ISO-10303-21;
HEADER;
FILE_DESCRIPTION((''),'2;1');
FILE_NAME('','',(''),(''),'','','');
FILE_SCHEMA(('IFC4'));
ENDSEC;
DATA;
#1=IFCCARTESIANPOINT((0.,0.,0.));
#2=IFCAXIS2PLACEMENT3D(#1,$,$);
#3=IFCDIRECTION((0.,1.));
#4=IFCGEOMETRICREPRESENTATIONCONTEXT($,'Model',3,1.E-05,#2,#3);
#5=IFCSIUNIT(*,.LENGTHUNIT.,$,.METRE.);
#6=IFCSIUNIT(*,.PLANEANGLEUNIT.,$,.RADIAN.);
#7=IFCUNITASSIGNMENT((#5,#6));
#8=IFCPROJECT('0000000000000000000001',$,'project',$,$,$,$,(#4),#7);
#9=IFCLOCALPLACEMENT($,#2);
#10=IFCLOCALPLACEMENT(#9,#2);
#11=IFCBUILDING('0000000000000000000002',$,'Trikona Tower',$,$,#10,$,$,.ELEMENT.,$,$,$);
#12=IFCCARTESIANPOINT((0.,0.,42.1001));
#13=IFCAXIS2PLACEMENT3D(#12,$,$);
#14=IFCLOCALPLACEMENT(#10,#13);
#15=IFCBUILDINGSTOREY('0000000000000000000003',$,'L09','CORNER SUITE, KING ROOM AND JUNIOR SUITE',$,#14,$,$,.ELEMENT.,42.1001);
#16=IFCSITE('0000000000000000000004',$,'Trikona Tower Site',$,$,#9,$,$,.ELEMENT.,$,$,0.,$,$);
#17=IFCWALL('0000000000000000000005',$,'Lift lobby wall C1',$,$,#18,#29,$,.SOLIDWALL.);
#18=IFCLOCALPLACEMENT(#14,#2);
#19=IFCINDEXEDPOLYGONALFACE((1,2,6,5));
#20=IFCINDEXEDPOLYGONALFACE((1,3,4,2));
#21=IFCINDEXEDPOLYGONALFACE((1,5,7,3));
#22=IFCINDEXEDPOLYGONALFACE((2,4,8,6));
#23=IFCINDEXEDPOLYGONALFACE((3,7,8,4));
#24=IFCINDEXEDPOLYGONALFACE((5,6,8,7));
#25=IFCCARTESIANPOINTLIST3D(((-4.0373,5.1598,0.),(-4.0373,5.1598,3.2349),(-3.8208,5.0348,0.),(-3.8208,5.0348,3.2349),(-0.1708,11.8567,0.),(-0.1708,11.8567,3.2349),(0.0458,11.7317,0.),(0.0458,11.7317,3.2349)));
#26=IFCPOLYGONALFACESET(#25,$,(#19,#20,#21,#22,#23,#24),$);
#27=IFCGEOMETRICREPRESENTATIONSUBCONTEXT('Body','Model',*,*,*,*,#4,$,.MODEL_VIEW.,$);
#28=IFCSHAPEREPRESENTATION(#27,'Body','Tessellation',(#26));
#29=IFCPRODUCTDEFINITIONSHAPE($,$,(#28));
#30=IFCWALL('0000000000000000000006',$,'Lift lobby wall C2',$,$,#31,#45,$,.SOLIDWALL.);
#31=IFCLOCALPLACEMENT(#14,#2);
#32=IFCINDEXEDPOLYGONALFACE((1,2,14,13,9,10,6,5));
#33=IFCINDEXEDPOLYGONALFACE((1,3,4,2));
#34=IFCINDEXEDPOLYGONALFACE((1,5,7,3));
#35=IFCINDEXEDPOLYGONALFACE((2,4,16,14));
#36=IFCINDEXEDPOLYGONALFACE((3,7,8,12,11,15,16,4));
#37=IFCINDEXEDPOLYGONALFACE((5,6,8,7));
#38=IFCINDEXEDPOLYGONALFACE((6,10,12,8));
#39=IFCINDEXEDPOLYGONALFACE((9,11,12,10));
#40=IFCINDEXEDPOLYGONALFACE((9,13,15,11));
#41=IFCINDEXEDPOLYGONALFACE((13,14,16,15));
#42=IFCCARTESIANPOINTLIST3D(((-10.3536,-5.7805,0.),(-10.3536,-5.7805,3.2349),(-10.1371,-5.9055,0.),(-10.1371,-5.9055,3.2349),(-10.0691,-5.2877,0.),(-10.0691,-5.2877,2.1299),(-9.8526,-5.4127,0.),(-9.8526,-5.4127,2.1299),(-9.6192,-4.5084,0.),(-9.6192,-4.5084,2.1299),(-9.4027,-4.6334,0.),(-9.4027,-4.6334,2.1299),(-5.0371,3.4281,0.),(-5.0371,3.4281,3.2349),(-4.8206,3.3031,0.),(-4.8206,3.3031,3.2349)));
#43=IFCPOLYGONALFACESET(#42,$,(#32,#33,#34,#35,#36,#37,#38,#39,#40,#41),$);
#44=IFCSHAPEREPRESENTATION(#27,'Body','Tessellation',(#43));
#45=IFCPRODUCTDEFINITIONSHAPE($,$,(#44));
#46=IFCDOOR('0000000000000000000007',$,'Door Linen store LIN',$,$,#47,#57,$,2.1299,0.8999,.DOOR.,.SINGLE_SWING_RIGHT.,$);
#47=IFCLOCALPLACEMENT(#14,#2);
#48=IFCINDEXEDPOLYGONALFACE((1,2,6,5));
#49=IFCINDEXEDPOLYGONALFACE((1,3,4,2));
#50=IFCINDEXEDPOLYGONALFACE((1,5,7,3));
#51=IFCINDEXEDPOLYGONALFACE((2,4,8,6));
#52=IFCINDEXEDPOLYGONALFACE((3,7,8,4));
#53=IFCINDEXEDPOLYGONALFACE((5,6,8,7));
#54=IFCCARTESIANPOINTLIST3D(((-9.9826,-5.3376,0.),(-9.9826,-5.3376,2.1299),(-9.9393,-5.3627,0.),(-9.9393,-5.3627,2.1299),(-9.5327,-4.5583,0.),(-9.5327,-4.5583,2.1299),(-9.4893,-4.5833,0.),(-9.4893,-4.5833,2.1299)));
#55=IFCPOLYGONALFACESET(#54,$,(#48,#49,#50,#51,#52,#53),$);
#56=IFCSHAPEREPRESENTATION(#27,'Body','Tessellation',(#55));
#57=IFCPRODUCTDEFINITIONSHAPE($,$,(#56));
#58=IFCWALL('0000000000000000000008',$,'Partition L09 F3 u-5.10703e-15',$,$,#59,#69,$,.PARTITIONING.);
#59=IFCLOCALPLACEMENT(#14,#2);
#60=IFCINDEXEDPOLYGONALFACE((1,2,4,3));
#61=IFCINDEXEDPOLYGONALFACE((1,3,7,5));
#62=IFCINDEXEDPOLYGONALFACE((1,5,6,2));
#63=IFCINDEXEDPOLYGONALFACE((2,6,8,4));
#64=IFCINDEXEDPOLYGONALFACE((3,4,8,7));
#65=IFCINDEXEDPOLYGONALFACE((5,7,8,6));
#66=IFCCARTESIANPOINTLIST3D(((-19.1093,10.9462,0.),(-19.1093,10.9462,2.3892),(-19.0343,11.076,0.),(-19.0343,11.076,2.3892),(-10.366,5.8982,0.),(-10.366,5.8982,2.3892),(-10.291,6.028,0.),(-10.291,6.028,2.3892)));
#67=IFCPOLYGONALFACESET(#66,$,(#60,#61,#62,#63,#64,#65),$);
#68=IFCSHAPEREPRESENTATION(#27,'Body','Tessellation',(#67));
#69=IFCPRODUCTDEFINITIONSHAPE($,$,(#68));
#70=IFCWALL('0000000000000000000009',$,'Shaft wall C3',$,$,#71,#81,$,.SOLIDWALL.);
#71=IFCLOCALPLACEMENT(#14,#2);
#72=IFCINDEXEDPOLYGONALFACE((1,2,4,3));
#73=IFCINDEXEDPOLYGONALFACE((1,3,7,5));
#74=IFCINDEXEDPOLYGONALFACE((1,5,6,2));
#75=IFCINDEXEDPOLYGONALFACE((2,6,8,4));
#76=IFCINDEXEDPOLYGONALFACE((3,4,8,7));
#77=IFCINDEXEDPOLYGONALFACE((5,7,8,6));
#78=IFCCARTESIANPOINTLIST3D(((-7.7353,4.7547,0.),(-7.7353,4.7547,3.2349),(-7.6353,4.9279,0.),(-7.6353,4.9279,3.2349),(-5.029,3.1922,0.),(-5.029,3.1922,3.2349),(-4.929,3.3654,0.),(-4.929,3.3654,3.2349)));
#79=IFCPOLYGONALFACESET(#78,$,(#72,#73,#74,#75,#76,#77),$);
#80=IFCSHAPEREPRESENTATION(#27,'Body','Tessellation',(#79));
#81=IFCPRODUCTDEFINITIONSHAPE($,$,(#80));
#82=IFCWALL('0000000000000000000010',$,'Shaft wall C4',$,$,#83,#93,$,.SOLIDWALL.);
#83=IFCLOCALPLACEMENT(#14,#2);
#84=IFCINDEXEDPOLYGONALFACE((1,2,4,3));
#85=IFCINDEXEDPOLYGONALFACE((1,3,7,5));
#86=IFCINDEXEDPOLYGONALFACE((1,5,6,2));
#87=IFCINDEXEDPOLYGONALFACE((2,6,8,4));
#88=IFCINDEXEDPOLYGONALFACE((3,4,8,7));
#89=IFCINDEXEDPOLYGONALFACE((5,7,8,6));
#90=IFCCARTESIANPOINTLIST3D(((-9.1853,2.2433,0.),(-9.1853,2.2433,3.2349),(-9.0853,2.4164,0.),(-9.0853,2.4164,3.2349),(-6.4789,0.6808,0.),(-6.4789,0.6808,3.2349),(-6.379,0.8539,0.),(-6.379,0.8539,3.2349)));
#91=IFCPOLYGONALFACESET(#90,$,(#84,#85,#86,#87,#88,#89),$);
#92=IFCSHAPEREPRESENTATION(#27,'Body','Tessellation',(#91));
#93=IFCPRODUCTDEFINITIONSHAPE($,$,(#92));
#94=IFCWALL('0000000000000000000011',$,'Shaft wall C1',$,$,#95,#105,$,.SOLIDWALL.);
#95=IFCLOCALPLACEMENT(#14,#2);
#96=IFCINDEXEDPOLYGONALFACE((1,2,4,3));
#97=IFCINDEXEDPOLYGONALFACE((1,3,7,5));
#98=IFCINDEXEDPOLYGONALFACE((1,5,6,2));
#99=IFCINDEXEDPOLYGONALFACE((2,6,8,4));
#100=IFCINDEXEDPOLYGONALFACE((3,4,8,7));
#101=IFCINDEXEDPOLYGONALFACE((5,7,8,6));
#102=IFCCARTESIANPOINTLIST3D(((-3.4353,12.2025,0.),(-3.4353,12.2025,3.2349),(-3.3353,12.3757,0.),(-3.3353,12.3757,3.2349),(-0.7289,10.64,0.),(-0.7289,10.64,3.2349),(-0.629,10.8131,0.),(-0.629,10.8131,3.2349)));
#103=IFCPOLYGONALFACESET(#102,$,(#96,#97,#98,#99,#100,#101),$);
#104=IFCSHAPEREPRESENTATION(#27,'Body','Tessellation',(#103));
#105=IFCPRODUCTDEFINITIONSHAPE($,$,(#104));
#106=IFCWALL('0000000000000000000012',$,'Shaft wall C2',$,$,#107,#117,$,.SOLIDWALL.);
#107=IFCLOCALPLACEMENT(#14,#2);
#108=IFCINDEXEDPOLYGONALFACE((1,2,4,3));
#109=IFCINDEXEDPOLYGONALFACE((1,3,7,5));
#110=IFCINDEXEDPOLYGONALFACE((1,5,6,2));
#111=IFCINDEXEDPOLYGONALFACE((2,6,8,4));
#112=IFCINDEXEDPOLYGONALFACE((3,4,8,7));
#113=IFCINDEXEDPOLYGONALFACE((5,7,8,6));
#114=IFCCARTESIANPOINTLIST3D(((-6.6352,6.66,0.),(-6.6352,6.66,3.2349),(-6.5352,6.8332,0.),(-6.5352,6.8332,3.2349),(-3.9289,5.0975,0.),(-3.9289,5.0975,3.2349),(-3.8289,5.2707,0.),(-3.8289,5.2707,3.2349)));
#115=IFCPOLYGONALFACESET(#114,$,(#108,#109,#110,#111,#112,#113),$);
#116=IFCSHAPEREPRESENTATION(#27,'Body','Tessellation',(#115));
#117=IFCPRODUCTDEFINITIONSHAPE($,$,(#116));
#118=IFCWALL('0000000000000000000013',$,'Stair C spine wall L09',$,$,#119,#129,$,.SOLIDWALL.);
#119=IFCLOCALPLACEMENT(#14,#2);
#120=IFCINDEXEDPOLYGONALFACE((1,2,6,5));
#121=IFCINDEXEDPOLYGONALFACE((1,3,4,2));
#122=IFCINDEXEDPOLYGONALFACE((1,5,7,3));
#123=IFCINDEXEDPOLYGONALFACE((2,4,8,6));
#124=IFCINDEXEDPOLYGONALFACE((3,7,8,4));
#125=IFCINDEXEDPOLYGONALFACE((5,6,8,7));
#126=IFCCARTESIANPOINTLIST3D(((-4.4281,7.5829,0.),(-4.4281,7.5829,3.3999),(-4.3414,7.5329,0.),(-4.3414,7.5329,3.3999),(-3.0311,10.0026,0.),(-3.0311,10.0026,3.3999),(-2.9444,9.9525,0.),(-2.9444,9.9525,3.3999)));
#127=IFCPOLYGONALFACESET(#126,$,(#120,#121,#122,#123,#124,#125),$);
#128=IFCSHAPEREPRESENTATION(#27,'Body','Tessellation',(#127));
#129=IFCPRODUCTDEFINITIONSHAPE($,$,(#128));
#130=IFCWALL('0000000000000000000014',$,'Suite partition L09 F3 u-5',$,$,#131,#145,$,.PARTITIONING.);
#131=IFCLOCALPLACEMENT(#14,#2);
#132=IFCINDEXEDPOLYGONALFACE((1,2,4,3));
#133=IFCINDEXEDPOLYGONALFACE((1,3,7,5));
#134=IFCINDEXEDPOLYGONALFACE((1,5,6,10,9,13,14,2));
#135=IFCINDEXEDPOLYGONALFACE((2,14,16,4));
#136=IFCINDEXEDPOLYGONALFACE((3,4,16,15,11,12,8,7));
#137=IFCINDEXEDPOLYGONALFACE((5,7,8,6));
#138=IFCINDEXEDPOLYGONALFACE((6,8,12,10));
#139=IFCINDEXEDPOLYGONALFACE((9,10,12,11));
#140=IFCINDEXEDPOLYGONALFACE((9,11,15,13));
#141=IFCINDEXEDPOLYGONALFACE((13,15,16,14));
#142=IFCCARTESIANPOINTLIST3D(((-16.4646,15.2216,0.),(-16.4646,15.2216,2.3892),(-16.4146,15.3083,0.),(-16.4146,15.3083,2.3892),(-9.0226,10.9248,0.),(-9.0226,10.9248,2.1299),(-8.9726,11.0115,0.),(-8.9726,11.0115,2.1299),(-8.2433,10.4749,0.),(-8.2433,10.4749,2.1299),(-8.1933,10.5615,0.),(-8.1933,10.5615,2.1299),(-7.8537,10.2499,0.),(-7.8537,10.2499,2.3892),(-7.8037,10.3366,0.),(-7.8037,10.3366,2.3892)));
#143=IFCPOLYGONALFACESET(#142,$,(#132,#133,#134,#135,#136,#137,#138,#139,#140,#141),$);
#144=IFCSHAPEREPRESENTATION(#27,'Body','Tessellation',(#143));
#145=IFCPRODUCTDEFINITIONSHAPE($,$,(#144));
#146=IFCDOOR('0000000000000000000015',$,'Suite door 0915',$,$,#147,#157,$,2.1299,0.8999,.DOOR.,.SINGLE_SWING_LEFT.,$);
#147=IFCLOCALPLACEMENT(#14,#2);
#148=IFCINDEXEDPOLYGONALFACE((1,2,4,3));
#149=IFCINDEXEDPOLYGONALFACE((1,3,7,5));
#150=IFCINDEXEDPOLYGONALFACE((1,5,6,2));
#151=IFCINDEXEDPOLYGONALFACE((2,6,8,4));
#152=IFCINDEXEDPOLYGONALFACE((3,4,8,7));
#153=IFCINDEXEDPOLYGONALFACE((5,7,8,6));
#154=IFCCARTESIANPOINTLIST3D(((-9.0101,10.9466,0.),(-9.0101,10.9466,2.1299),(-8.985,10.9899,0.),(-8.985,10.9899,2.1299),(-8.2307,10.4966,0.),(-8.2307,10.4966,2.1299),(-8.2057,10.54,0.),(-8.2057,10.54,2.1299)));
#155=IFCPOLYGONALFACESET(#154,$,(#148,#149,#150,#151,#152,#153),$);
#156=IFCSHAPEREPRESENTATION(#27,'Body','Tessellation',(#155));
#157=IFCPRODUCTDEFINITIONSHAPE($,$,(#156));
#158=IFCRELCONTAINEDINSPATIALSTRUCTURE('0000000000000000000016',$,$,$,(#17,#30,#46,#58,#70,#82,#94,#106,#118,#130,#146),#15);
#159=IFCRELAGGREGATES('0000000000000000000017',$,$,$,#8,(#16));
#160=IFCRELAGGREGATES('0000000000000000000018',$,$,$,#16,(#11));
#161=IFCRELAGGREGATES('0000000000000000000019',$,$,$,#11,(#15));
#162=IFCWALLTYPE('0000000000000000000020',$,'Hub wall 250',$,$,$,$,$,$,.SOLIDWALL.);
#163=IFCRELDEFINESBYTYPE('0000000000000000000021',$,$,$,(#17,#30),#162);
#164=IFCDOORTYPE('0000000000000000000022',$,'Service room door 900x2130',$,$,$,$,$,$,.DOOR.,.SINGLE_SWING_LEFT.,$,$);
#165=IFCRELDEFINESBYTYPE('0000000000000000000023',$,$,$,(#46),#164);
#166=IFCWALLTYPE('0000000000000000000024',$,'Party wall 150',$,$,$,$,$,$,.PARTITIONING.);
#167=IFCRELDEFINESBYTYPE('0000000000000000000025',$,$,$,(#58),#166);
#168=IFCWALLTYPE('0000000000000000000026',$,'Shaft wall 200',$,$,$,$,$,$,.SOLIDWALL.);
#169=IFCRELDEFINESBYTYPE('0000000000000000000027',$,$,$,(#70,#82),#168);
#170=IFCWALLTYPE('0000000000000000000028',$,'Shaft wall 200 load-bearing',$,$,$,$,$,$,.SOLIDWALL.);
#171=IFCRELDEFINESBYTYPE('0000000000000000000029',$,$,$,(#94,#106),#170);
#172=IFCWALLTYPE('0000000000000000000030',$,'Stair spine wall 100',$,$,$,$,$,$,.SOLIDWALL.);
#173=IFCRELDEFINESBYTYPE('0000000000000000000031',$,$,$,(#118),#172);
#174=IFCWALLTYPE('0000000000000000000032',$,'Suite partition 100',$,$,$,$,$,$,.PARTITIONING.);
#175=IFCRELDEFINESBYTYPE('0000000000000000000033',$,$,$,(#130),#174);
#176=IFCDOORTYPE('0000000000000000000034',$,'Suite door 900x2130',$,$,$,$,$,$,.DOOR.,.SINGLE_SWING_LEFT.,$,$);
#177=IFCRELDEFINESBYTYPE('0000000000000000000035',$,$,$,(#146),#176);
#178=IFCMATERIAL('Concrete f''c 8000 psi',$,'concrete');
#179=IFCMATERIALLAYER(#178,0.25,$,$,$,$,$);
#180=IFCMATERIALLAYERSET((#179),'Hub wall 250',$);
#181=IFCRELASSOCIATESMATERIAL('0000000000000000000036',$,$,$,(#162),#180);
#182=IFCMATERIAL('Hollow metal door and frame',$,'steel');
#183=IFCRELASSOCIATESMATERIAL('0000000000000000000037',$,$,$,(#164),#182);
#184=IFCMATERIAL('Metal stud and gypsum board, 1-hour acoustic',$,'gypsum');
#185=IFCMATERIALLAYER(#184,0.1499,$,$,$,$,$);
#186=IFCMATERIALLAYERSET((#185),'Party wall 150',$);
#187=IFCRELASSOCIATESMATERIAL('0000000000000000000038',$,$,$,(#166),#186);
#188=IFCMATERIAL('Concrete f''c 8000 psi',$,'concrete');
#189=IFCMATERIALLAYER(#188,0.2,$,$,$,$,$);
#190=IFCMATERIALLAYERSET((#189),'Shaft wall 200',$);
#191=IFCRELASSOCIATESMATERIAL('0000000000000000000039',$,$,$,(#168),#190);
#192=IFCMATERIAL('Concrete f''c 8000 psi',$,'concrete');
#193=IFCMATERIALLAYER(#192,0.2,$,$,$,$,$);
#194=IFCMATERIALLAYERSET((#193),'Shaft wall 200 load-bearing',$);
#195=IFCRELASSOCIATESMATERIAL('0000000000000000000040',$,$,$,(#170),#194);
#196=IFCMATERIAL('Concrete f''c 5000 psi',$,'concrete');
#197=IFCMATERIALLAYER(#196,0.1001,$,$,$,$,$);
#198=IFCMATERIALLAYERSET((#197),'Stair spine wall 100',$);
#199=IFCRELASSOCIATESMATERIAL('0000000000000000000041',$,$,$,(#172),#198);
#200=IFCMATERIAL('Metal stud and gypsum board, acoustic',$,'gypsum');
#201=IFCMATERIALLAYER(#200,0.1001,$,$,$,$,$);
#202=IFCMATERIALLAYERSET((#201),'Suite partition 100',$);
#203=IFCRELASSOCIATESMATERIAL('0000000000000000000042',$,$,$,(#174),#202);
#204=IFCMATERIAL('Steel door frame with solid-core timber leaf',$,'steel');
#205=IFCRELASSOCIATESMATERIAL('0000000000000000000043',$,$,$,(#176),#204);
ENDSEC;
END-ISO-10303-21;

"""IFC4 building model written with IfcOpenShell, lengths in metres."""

from ifc_helpers import new_model, si_unit, direction, frame, frame_2d, origin, place, context, subcontext, project, spatial, rectangle, extrude, material, layer, layer_set, type_object, element, fill, save


model = new_model("IFC4")

# Units and contexts
model_context = context("Model", 3, precision=1e-05, world=origin(), true_north=direction((0.0, 1.0)))
body_context = subcontext(model_context, "Body", "Model", "MODEL_VIEW")
ifc_project = project(units=[si_unit("LENGTHUNIT", "METRE"), si_unit("PLANEANGLEUNIT", "RADIAN")], contexts=[model_context])

# Site, building, storey
site_placement = place(None, origin())
site = spatial("IfcSite", under=ifc_project, at=site_placement, Name="Trikona Tower Site", CompositionType="ELEMENT", RefElevation=0.0)
building_placement = place(site_placement, origin())
building = spatial("IfcBuilding", under=site, at=building_placement, Name="Trikona Tower", CompositionType="ELEMENT")
storey_placement = place(building_placement, frame((0.0, 0.0, 42.1001)))
storey = spatial("IfcBuildingStorey", under=building, at=storey_placement, Name="L09", Description="CORNER SUITE, KING ROOM AND JUNIOR SUITE", CompositionType="ELEMENT", Elevation=42.1001)

# Wall
ifc_material_1 = material(Name="Concrete f'c 8000 psi", Category="concrete")
ifc_layer_1 = layer(ifc_material_1, 0.25)
ifc_layer_set_1 = layer_set([ifc_layer_1], Name="Hub wall 250")
wall_type_1 = type_object("IfcWallType", Name="Hub wall 250", PredefinedType="SOLIDWALL", material=ifc_layer_set_1)
wall_1_placement = place(storey_placement, frame((-0.0625, 11.7942, 0.0), z_axis=(0.0, 0.0, 1.0), x_axis=(-0.500007, -0.866022, 0.0)))
element("IfcWall", 1, at=wall_1_placement, inside=storey, type_object=wall_type_1, Name="Lift lobby wall C1", PredefinedType="SOLIDWALL", context=body_context, shape_type="SweptSolid", body=[
    extrude(rectangle(XDim=7.7329, YDim=0.25, at=frame_2d((3.8665, 0.0))), origin(), (0.0, 0.0, 1.0), 3.2349),
])

# Wall, opening, door
wall_2_placement = place(storey_placement, frame((-4.929, 3.3655, 0.0), z_axis=(0.0, 0.0, 1.0), x_axis=(-0.499991, -0.86603, 0.0)))
wall_2 = element("IfcWall", 2, at=wall_2_placement, inside=storey, type_object=wall_type_1, Name="Lift lobby wall C2", PredefinedType="SOLIDWALL", context=body_context, shape_type="SweptSolid", body=[
    extrude(rectangle(XDim=10.6331, YDim=0.25, at=frame_2d((5.3164, 0.0))), origin(), (0.0, 0.0, 1.0), 3.2349),
])
opening_1_placement = place(wall_2_placement, frame((9.1641, 0.0, 0.0)))
opening_1 = element("IfcOpeningElement", 3, at=opening_1_placement, cuts=wall_2, PredefinedType="OPENING", context=body_context, shape_type="SweptSolid", body=[
    extrude(rectangle(XDim=0.8999, YDim=2.1299, at=frame_2d((0.45, 1.0649))), frame((0.0, 0.135, 0.0), z_axis=(0.0, -1.0, 0.0), x_axis=(1.0, 0.0, 0.0)), (0.0, 0.0, 1.0), 0.27),
])
ifc_material_2 = material(Name="Hollow metal door and frame", Category="steel")
door_type_1 = type_object("IfcDoorType", Name="Service room door 900x2130", OperationType="SINGLE_SWING_LEFT", PredefinedType="DOOR", material=ifc_material_2)
door_1_placement = place(opening_1_placement, origin())
door_1 = element("IfcDoor", 4, at=door_1_placement, inside=storey, type_object=door_type_1, Name="Door Linen store LIN", OperationType="SINGLE_SWING_RIGHT", OverallHeight=2.1299, OverallWidth=0.8999, PredefinedType="DOOR", context=body_context, shape_type="SweptSolid", body=[
    extrude(rectangle(XDim=0.8999, YDim=2.1299, at=frame_2d((0.45, 1.0649))), frame((0.0, 0.0249, 0.0), z_axis=(0.0, -1.0, 0.0), x_axis=(1.0, 0.0, 0.0)), (0.0, 0.0, 1.0), 0.05),
])
fill(opening_1, door_1)

# Walls
ifc_material_3 = material(Name="Metal stud and gypsum board, 1-hour acoustic", Category="gypsum")
ifc_layer_2 = layer(ifc_material_3, 0.1499)
ifc_layer_set_2 = layer_set([ifc_layer_2], Name="Party wall 150")
wall_type_2 = type_object("IfcWallType", Name="Party wall 150", PredefinedType="PARTITIONING", material=ifc_layer_set_2)
wall_3_placement = place(storey_placement, frame((-10.3286, 5.9631, 0.0), z_axis=(0.0, 0.0, 1.0), x_axis=(-0.866022, 0.500006, 0.0)))
element("IfcWall", 5, at=wall_3_placement, inside=storey, type_object=wall_type_2, Name="Partition L09 F3 u-5.10703e-15", PredefinedType="PARTITIONING", context=body_context, shape_type="SweptSolid", body=[
    extrude(rectangle(XDim=10.0959, YDim=0.1499, at=frame_2d((5.0479, 0.0))), origin(), (0.0, 0.0, 1.0), 2.3892),
])
ifc_material_4 = material(Name="Concrete f'c 8000 psi", Category="concrete")
ifc_layer_3 = layer(ifc_material_4, 0.2)
ifc_layer_set_3 = layer_set([ifc_layer_3], Name="Shaft wall 200")
wall_type_3 = type_object("IfcWallType", Name="Shaft wall 200", PredefinedType="SOLIDWALL", material=ifc_layer_set_3)
for number, where, z_axis, x_axis, name in (
    (6, (-4.979, 3.2788, 0.0), (0.0, 0.0, 1.0), (-0.866023, 0.500004, 0.0), "Shaft wall C3"),
    (7, (-6.429, 0.7673, 0.0), (0.0, 0.0, 1.0), (-0.866023, 0.500004, 0.0), "Shaft wall C4"),
):
    element("IfcWall", number, at=place(storey_placement, frame(where, z_axis=z_axis, x_axis=x_axis)), inside=storey, type_object=wall_type_3, Name=name, PredefinedType="SOLIDWALL", context=body_context, shape_type="SweptSolid", body=[
        extrude(rectangle(XDim=3.125, YDim=0.2, at=frame_2d((1.5625, 0.0))), origin(), (0.0, 0.0, 1.0), 3.2349),
    ])
ifc_material_5 = material(Name="Concrete f'c 8000 psi", Category="concrete")
ifc_layer_4 = layer(ifc_material_5, 0.2)
ifc_layer_set_4 = layer_set([ifc_layer_4], Name="Shaft wall 200 load-bearing")
wall_type_4 = type_object("IfcWallType", Name="Shaft wall 200 load-bearing", PredefinedType="SOLIDWALL", material=ifc_layer_set_4)
for number, where, z_axis, x_axis, name in (
    (8, (-0.679, 10.7266, 0.0), (0.0, 0.0, 1.0), (-0.866023, 0.500004, 0.0), "Shaft wall C1"),
    (9, (-3.8789, 5.1841, 0.0), (0.0, 0.0, 1.0), (-0.866023, 0.500004, 0.0), "Shaft wall C2"),
):
    element("IfcWall", number, at=place(storey_placement, frame(where, z_axis=z_axis, x_axis=x_axis)), inside=storey, type_object=wall_type_4, Name=name, PredefinedType="SOLIDWALL", context=body_context, shape_type="SweptSolid", body=[
        extrude(rectangle(XDim=3.125, YDim=0.2, at=frame_2d((1.5625, 0.0))), origin(), (0.0, 0.0, 1.0), 3.2349),
    ])
ifc_material_6 = material(Name="Concrete f'c 5000 psi", Category="concrete")
ifc_layer_5 = layer(ifc_material_6, 0.1001)
ifc_layer_set_5 = layer_set([ifc_layer_5], Name="Stair spine wall 100")
wall_type_5 = type_object("IfcWallType", Name="Stair spine wall 100", PredefinedType="SOLIDWALL", material=ifc_layer_set_5)
wall_4_placement = place(storey_placement, frame((-2.9878, 9.9775, 0.0), z_axis=(0.0, 0.0, 1.0), x_axis=(-0.499992, -0.86603, 0.0)))
element("IfcWall", 10, at=wall_4_placement, inside=storey, type_object=wall_type_5, Name="Stair C spine wall L09", PredefinedType="SOLIDWALL", context=body_context, shape_type="SweptSolid", body=[
    extrude(rectangle(XDim=2.7939, YDim=0.1001, at=frame_2d((1.397, 0.0))), origin(), (0.0, 0.0, 1.0), 3.3999),
])

# Wall, opening, door
ifc_material_7 = material(Name="Metal stud and gypsum board, acoustic", Category="gypsum")
ifc_layer_6 = layer(ifc_material_7, 0.1001)
ifc_layer_set_6 = layer_set([ifc_layer_6], Name="Suite partition 100")
wall_type_6 = type_object("IfcWallType", Name="Suite partition 100", PredefinedType="PARTITIONING", material=ifc_layer_set_6)
wall_5_placement = place(storey_placement, frame((-7.8286, 10.2932, 0.0), z_axis=(0.0, 0.0, 1.0), x_axis=(-0.866016, 0.500016, 0.0)))
wall_5 = element("IfcWall", 11, at=wall_5_placement, inside=storey, type_object=wall_type_6, Name="Suite partition L09 F3 u-5", PredefinedType="PARTITIONING", context=body_context, shape_type="SweptSolid", body=[
    extrude(rectangle(XDim=9.9431, YDim=0.1001, at=frame_2d((4.9717, 0.0))), origin(), (0.0, 0.0, 1.0), 2.3892),
])
opening_2_placement = place(wall_5_placement, frame((0.45, 0.0, 0.0)))
opening_2 = element("IfcOpeningElement", 12, at=opening_2_placement, cuts=wall_5, PredefinedType="OPENING", context=body_context, shape_type="SweptSolid", body=[
    extrude(rectangle(XDim=0.8999, YDim=2.1299, at=frame_2d((0.45, 1.0649))), frame((0.0, 0.0601, 0.0), z_axis=(0.0, -1.0, 0.0), x_axis=(1.0, 0.0, 0.0)), (0.0, 0.0, 1.0), 0.1201),
])
ifc_material_8 = material(Name="Steel door frame with solid-core timber leaf", Category="steel")
door_type_2 = type_object("IfcDoorType", Name="Suite door 900x2130", OperationType="SINGLE_SWING_LEFT", PredefinedType="DOOR", material=ifc_material_8)
door_2_placement = place(opening_2_placement, origin())
door_2 = element("IfcDoor", 13, at=door_2_placement, inside=storey, type_object=door_type_2, Name="Suite door 0915", OperationType="SINGLE_SWING_LEFT", OverallHeight=2.1299, OverallWidth=0.8999, PredefinedType="DOOR", context=body_context, shape_type="SweptSolid", body=[
    extrude(rectangle(XDim=0.8999, YDim=2.1299, at=frame_2d((0.45, 1.0649))), frame((0.0, 0.0249, 0.0), z_axis=(0.0, -1.0, 0.0), x_axis=(1.0, 0.0, 0.0)), (0.0, 0.0, 1.0), 0.05),
])
fill(opening_2, door_2)

save(model, "model.ifc")
